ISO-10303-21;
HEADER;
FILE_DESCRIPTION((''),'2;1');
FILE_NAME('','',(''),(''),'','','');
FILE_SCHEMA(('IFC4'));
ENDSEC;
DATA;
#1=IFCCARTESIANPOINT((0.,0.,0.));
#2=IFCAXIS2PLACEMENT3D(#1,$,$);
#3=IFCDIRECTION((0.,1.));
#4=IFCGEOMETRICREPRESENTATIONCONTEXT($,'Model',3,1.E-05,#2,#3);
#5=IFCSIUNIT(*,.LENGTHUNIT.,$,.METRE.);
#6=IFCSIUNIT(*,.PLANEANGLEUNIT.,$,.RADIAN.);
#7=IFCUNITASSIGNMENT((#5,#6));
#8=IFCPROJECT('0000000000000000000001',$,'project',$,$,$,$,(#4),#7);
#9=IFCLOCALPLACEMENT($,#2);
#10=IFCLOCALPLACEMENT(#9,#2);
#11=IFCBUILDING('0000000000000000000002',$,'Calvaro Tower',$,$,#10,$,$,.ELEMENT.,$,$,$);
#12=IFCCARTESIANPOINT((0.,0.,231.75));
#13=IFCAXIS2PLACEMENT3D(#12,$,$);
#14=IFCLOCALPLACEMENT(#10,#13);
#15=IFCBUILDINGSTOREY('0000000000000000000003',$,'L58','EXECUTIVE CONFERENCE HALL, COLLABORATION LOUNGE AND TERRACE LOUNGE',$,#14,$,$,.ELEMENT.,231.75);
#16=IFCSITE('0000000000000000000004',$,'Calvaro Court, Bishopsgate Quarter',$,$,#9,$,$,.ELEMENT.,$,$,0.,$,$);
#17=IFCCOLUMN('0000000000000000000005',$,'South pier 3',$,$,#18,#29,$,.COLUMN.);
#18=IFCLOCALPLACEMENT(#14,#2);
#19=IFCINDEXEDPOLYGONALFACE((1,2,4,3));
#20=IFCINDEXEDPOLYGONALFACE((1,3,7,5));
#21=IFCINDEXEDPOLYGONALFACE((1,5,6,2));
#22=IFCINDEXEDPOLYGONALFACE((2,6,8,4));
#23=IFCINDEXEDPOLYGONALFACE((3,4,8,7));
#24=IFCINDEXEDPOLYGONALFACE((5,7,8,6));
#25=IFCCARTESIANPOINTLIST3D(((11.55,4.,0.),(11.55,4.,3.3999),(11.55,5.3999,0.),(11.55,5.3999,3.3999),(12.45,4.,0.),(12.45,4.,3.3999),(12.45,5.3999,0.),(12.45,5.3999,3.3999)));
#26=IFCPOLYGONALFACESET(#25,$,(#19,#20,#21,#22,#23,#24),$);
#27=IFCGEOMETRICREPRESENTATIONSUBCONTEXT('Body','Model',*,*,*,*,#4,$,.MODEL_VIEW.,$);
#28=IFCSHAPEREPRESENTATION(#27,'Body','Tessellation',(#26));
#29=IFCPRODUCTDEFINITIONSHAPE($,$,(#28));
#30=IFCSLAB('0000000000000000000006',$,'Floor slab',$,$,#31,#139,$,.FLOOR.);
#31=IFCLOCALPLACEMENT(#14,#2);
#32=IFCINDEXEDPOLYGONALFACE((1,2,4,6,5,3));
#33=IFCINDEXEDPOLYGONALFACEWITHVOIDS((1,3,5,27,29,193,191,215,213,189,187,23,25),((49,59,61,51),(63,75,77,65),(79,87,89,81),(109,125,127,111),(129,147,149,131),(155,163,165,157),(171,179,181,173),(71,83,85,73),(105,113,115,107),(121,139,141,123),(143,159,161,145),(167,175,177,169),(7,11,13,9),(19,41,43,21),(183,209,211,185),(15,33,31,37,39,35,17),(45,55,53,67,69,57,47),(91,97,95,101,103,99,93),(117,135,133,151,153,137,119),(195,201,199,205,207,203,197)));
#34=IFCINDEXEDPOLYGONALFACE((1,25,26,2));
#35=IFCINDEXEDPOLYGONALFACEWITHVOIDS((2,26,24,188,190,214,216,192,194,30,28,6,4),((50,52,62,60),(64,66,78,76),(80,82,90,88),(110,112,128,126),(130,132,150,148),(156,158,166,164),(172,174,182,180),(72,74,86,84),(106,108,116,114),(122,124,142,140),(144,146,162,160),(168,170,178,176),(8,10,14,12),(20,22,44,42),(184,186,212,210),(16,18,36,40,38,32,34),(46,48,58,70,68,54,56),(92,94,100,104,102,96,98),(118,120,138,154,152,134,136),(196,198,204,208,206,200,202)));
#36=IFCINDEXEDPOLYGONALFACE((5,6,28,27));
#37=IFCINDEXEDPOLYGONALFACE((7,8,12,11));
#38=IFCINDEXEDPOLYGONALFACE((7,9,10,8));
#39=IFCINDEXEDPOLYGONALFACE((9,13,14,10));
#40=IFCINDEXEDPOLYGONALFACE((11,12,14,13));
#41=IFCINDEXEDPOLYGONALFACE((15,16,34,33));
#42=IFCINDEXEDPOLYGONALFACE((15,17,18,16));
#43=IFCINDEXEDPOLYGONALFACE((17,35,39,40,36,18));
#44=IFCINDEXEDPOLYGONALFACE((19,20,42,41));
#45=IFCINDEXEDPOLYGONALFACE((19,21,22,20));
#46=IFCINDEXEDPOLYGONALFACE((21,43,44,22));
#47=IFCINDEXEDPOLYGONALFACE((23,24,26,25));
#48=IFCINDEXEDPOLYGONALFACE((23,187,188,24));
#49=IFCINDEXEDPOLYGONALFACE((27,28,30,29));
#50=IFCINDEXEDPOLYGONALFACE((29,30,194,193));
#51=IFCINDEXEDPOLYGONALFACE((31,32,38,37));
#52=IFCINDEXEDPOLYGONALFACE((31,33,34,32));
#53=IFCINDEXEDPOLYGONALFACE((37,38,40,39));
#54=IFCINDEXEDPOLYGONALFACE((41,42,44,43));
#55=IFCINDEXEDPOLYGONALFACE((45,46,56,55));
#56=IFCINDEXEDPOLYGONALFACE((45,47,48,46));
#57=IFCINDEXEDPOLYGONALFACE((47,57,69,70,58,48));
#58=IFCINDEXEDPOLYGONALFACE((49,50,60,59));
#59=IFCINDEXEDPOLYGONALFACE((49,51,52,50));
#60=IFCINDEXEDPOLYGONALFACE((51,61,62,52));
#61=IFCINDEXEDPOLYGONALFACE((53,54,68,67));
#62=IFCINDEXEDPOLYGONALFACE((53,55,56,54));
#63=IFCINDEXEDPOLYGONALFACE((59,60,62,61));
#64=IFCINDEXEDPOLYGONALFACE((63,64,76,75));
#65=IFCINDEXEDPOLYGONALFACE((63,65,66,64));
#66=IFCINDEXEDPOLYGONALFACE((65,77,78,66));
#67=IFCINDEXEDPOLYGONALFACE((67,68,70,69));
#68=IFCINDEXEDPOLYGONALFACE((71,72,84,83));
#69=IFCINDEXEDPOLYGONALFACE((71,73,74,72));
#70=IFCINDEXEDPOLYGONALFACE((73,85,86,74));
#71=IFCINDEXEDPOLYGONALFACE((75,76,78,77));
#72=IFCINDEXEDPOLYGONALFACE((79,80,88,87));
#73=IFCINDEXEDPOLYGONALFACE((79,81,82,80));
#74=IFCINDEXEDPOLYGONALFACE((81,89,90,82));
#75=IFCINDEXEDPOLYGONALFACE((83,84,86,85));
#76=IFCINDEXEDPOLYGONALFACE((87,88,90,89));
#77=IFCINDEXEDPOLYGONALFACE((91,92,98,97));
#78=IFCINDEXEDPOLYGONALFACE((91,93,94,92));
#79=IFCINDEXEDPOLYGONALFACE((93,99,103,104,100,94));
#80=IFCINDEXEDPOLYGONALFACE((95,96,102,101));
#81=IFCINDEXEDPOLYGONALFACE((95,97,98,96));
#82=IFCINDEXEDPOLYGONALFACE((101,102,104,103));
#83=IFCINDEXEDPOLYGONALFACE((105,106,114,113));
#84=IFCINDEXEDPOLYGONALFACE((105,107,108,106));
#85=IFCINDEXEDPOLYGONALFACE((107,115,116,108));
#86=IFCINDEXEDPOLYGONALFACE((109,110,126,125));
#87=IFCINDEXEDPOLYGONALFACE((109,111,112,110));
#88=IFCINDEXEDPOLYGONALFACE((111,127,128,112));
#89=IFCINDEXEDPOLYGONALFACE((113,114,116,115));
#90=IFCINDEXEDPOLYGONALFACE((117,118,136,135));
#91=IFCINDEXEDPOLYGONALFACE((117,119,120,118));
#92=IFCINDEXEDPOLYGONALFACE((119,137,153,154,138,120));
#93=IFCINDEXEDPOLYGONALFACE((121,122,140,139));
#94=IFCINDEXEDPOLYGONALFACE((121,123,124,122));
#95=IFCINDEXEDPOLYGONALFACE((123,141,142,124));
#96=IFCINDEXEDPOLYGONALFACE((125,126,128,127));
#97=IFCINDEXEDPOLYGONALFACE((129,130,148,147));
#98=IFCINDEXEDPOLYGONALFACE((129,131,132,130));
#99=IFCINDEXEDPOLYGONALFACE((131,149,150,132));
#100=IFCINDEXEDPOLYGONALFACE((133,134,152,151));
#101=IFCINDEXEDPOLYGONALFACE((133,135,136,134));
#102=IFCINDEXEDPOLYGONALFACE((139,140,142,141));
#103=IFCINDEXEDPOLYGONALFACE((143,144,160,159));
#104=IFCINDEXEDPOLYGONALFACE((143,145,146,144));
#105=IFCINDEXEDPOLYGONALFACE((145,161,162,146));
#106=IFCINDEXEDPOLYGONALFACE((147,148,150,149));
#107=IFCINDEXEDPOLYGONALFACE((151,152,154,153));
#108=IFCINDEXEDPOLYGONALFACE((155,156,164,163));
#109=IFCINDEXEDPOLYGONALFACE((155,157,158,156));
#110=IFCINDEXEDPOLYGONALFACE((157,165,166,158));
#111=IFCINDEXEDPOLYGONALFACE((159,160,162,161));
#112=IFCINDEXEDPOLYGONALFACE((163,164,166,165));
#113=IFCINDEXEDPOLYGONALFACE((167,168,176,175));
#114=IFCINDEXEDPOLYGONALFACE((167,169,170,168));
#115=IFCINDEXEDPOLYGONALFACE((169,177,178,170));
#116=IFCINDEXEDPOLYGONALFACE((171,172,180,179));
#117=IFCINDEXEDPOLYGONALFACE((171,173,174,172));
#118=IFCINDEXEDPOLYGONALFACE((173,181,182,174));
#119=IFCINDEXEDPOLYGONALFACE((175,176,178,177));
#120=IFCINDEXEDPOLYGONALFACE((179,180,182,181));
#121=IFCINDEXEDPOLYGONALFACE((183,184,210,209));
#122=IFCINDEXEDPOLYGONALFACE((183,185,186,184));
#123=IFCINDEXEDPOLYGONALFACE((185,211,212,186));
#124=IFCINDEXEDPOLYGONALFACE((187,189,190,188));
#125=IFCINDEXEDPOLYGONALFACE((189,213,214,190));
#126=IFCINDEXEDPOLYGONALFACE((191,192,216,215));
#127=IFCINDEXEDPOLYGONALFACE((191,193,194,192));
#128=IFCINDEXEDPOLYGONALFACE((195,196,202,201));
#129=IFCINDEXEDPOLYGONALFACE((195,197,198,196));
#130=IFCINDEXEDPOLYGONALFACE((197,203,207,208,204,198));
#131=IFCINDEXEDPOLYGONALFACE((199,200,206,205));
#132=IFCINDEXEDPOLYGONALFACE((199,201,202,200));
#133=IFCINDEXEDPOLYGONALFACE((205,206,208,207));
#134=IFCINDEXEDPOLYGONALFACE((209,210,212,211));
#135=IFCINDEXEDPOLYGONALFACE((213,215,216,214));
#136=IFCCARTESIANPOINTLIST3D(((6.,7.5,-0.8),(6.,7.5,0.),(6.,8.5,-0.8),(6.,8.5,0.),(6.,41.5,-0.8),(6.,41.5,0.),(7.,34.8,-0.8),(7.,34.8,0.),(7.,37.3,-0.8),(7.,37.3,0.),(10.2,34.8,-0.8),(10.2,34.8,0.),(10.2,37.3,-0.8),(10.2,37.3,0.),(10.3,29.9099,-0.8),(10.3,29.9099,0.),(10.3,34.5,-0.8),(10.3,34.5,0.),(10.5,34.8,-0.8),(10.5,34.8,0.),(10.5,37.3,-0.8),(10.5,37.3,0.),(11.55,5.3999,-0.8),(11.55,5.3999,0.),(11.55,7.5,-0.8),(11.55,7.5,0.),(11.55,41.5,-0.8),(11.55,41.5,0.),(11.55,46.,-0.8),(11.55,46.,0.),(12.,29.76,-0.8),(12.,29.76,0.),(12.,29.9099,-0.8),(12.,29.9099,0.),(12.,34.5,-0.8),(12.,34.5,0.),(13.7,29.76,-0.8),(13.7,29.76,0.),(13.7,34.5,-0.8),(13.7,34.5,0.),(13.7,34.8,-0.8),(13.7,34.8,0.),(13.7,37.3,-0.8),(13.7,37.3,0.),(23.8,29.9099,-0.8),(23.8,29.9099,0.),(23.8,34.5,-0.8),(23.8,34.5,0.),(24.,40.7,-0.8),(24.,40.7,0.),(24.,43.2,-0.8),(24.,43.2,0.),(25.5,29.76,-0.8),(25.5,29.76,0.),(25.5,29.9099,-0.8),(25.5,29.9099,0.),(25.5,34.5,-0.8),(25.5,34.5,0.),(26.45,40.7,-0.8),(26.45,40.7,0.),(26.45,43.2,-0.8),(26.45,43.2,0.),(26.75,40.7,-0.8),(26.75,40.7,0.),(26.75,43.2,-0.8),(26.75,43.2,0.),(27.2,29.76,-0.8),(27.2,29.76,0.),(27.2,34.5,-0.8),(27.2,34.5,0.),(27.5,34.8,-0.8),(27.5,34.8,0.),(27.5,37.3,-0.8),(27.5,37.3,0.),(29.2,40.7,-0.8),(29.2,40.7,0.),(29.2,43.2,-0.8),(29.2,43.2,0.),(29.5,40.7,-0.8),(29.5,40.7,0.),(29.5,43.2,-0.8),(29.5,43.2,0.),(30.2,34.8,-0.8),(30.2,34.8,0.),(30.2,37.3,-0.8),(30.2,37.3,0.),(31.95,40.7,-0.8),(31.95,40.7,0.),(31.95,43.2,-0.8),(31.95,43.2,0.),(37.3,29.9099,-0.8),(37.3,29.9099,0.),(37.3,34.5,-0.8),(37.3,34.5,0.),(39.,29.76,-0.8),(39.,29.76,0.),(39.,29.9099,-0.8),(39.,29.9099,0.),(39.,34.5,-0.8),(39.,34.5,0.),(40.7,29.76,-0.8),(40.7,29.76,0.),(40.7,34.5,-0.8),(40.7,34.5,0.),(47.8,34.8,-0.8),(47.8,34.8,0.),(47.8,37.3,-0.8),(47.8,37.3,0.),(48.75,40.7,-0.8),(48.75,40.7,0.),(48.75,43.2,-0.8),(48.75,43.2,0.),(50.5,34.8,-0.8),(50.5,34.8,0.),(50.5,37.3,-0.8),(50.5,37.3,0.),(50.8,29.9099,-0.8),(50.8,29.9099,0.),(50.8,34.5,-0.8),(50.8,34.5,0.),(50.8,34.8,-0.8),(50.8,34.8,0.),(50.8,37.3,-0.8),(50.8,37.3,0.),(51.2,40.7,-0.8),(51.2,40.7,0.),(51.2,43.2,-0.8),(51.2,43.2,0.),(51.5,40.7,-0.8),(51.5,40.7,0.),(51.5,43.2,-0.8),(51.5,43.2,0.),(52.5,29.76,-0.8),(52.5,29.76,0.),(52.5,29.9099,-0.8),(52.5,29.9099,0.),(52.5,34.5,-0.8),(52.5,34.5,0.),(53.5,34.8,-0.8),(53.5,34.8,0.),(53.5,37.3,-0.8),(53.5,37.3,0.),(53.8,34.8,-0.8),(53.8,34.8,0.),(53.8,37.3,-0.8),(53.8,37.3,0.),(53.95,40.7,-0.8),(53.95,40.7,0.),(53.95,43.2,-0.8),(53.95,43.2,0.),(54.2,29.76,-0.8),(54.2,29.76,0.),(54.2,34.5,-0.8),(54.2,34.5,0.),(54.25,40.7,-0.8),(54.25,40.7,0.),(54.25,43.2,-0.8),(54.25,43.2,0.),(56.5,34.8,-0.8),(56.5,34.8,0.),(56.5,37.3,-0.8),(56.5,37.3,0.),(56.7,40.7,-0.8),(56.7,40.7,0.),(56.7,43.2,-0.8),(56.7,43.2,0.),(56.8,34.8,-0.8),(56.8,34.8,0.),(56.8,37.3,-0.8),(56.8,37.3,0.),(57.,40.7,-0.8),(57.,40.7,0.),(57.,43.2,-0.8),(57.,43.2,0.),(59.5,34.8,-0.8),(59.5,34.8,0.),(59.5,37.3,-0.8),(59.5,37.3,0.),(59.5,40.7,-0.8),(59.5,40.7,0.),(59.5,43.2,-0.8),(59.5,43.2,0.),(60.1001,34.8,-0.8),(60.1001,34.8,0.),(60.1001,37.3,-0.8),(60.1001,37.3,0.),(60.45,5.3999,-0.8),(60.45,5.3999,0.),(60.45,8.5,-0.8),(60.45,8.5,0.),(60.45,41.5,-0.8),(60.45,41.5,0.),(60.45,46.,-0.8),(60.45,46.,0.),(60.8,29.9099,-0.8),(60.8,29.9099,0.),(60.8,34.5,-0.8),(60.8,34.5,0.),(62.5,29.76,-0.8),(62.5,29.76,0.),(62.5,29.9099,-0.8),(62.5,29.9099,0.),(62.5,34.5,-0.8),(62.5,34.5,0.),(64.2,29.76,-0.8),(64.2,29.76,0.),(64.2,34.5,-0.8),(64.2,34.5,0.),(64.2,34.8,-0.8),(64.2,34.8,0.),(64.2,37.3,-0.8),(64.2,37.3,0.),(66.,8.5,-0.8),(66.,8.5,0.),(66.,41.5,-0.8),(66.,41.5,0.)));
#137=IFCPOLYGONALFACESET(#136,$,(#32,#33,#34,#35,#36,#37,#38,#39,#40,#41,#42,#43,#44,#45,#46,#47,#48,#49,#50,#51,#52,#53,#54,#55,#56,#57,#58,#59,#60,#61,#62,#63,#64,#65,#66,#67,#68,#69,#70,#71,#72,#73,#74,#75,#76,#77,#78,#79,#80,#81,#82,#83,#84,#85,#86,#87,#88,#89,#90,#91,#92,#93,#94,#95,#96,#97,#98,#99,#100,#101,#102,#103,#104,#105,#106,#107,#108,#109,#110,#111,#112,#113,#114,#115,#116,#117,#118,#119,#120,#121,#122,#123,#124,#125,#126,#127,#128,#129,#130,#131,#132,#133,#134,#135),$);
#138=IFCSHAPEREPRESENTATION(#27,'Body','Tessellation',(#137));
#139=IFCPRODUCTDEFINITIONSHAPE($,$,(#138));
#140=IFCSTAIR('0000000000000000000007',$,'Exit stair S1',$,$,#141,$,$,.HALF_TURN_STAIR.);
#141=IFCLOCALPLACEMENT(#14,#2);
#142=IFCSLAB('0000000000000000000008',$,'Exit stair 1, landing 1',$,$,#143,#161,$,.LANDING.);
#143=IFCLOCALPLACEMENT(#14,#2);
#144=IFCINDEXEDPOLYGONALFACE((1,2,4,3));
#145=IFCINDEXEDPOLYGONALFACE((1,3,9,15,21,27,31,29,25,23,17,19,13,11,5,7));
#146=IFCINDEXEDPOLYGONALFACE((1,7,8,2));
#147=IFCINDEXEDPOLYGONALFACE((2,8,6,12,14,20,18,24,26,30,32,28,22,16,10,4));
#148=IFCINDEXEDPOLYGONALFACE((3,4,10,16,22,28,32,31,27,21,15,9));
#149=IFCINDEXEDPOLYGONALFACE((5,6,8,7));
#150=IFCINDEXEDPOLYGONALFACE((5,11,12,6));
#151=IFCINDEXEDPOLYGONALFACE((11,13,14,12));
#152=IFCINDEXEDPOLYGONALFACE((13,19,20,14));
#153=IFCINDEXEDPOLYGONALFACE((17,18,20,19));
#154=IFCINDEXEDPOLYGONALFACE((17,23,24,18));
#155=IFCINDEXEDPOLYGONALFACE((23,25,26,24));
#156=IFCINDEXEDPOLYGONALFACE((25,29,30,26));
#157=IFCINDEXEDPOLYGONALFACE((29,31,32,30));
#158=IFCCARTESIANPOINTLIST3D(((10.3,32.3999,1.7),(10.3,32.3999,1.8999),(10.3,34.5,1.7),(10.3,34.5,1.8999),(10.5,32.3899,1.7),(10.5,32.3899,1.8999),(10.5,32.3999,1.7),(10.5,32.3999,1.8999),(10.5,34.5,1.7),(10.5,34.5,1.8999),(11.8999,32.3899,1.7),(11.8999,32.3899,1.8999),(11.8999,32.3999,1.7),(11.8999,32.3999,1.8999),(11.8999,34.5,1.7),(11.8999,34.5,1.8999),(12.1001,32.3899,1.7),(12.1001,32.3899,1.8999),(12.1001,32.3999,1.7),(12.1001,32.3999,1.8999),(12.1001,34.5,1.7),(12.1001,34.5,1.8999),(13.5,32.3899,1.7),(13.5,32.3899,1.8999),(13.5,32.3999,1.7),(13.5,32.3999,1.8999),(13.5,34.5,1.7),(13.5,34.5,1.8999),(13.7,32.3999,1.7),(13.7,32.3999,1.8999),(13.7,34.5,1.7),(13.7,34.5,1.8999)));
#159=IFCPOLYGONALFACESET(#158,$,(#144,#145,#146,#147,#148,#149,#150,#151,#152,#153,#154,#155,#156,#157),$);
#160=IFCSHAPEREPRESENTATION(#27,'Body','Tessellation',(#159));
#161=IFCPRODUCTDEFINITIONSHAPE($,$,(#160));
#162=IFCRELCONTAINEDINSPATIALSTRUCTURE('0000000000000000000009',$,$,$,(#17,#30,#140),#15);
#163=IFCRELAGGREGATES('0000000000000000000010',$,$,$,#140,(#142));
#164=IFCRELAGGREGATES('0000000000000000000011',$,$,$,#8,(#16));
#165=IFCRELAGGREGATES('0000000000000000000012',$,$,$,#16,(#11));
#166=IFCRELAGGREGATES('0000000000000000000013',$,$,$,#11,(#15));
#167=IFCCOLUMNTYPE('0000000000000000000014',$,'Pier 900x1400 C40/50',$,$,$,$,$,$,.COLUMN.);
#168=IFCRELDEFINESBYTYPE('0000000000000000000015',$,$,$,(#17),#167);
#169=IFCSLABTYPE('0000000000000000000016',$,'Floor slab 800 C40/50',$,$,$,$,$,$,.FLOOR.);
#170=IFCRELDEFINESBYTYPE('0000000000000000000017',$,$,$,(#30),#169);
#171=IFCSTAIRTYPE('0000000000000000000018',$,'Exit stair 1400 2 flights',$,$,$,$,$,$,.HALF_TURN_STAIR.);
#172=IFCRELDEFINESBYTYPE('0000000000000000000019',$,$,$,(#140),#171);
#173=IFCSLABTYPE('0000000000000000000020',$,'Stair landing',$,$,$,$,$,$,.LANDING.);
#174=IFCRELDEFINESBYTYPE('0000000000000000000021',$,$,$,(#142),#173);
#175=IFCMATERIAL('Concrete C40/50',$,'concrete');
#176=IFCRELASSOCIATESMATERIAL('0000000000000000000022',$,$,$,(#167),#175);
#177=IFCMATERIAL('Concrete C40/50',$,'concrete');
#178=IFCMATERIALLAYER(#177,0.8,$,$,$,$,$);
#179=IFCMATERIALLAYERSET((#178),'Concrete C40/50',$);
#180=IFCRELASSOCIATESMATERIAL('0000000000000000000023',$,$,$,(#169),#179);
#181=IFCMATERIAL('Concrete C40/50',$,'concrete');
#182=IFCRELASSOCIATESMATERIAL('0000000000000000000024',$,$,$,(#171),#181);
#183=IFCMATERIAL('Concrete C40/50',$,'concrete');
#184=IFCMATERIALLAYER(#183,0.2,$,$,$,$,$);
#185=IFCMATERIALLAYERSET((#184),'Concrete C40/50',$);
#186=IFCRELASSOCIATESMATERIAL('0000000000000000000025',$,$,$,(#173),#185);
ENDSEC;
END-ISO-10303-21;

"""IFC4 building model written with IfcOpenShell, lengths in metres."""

from ifc_helpers import new_model, si_unit, direction, frame, origin, origin_2d, place, context, subcontext, project, spatial, polyline, rectangle, outline, extrude, material, layer, layer_set, material_profile, profile_set, type_object, element, aggregate, save


model = new_model("IFC4")

# Units and contexts
model_context = context("Model", 3, precision=1e-05, world=origin(), true_north=direction((0.0, 1.0)))
body_context = subcontext(model_context, "Body", "Model", "MODEL_VIEW")
ifc_project = project(units=[si_unit("LENGTHUNIT", "METRE"), si_unit("PLANEANGLEUNIT", "RADIAN")], contexts=[model_context])

# Site, building, storey
site_placement = place(None, origin())
site = spatial("IfcSite", under=ifc_project, at=site_placement, Name="Calvaro Court, Bishopsgate Quarter", CompositionType="ELEMENT", RefElevation=0.0)
building_placement = place(site_placement, origin())
building = spatial("IfcBuilding", under=site, at=building_placement, Name="Calvaro Tower", CompositionType="ELEMENT")
storey_placement = place(building_placement, frame((0.0, 0.0, 231.75)))
storey = spatial("IfcBuildingStorey", under=building, at=storey_placement, Name="L58", Description="EXECUTIVE CONFERENCE HALL, COLLABORATION LOUNGE AND TERRACE LOUNGE", CompositionType="ELEMENT", Elevation=231.75)

# Column
ifc_material_1 = material(Name="Concrete C40/50", Category="concrete")
ifc_material_profile_1 = material_profile(ifc_material_1, rectangle(XDim=0.8999, YDim=1.3999, at=origin_2d()), Name="RC 900x1400")
ifc_profile_set_1 = profile_set([ifc_material_profile_1], Name="Concrete C40/50")
column_type = type_object("IfcColumnType", Name="Pier 900x1400 C40/50", PredefinedType="COLUMN", material=ifc_profile_set_1)
column_placement = place(storey_placement, frame((12.0, 4.7, 0.0), z_axis=(0.0, 0.0, 1.0), x_axis=(1.0, 0.0, 0.0)))
element("IfcColumn", 1, at=column_placement, inside=storey, type_object=column_type, Name="South pier 3", PredefinedType="COLUMN", context=body_context, shape_type="SweptSolid", body=[
    extrude(rectangle(XDim=0.8999, YDim=1.3999, at=origin_2d()), origin(), (0.0, 0.0, 1.0), 3.3999),
])

# Slab
ifc_material_2 = material(Name="Concrete C40/50", Category="concrete")
ifc_layer_1 = layer(ifc_material_2, 0.8)
ifc_layer_set_1 = layer_set([ifc_layer_1], Name="Concrete C40/50")
slab_type_1 = type_object("IfcSlabType", Name="Floor slab 800 C40/50", PredefinedType="FLOOR", material=ifc_layer_set_1)
slab_1_placement = place(storey_placement, frame((0.0, 0.0, -0.8)))
element("IfcSlab", 2, at=slab_1_placement, inside=storey, type_object=slab_type_1, Name="Floor slab", PredefinedType="FLOOR", context=body_context, shape_type="SweptSolid", body=[
    extrude(outline(polyline([(6.0, 8.5), (6.0, 41.5), (11.55, 41.5), (11.55, 46.0), (60.45, 46.0), (60.45, 41.5), (66.0, 41.5), (66.0, 8.5), (60.45, 8.5), (60.45, 5.3999), (11.55, 5.3999), (11.55, 7.5), (6.0, 7.5), (6.0, 8.5)]), holes=[polyline([(13.7, 34.5), (13.7, 29.76), (12.0, 29.76), (12.0, 29.9099), (10.3, 29.9099), (10.3, 34.5), (12.0, 34.5), (13.7, 34.5)]), polyline([(27.2, 34.5), (27.2, 29.76), (25.5, 29.76), (25.5, 29.9099), (23.8, 29.9099), (23.8, 34.5), (25.5, 34.5), (27.2, 34.5)]), polyline([(40.7, 34.5), (40.7, 29.76), (39.0, 29.76), (39.0, 29.9099), (37.3, 29.9099), (37.3, 34.5), (39.0, 34.5), (40.7, 34.5)]), polyline([(54.2, 34.5), (54.2, 29.76), (52.5, 29.76), (52.5, 29.9099), (50.8, 29.9099), (50.8, 34.5), (52.5, 34.5), (54.2, 34.5)]), polyline([(64.2, 34.5), (64.2, 29.76), (62.5, 29.76), (62.5, 29.9099), (60.8, 29.9099), (60.8, 34.5), (62.5, 34.5), (64.2, 34.5)]), polyline([(50.8, 34.8), (53.5, 34.8), (53.5, 37.3), (50.8, 37.3), (50.8, 34.8)]), polyline([(53.8, 34.8), (56.5, 34.8), (56.5, 37.3), (53.8, 37.3), (53.8, 34.8)]), polyline([(56.8, 34.8), (59.5, 34.8), (59.5, 37.3), (56.8, 37.3), (56.8, 34.8)]), polyline([(24.0, 40.7), (26.45, 40.7), (26.45, 43.2), (24.0, 43.2), (24.0, 40.7)]), polyline([(26.75, 40.7), (29.2, 40.7), (29.2, 43.2), (26.75, 43.2), (26.75, 40.7)]), polyline([(29.5, 40.7), (31.95, 40.7), (31.95, 43.2), (29.5, 43.2), (29.5, 40.7)]), polyline([(48.75, 40.7), (51.2, 40.7), (51.2, 43.2), (48.75, 43.2), (48.75, 40.7)]), polyline([(51.5, 40.7), (53.95, 40.7), (53.95, 43.2), (51.5, 43.2), (51.5, 40.7)]), polyline([(54.25, 40.7), (56.7, 40.7), (56.7, 43.2), (54.25, 43.2), (54.25, 40.7)]), polyline([(57.0, 40.7), (59.5, 40.7), (59.5, 43.2), (57.0, 43.2), (57.0, 40.7)]), polyline([(7.0, 34.8), (10.2, 34.8), (10.2, 37.3), (7.0, 37.3), (7.0, 34.8)]), polyline([(10.5, 34.8), (13.7, 34.8), (13.7, 37.3), (10.5, 37.3), (10.5, 34.8)]), polyline([(60.1001, 34.8), (64.2, 34.8), (64.2, 37.3), (60.1001, 37.3), (60.1001, 34.8)]), polyline([(27.5, 34.8), (30.2, 34.8), (30.2, 37.3), (27.5, 37.3), (27.5, 34.8)]), polyline([(47.8, 34.8), (50.5, 34.8), (50.5, 37.3), (47.8, 37.3), (47.8, 34.8)])]), origin(), (0.0, 0.0, 1.0), 0.8),
])

# Stair, slab
ifc_material_3 = material(Name="Concrete C40/50", Category="concrete")
stair_type = type_object("IfcStairType", Name="Exit stair 1400 2 flights", PredefinedType="HALF_TURN_STAIR", material=ifc_material_3)
stair_1_placement = place(storey_placement, origin())
stair_1 = element("IfcStair", 3, at=stair_1_placement, inside=storey, type_object=stair_type, Name="Exit stair S1", PredefinedType="HALF_TURN_STAIR")
ifc_material_4 = material(Name="Concrete C40/50", Category="concrete")
ifc_layer_2 = layer(ifc_material_4, 0.2)
ifc_layer_set_2 = layer_set([ifc_layer_2], Name="Concrete C40/50")
slab_type_2 = type_object("IfcSlabType", Name="Stair landing", PredefinedType="LANDING", material=ifc_layer_set_2)
slab_2_placement = place(storey_placement, frame((0.0, 0.0, 1.7)))
slab_2 = element("IfcSlab", 4, at=slab_2_placement, type_object=slab_type_2, Name="Exit stair 1, landing 1", PredefinedType="LANDING", context=body_context, shape_type="SweptSolid", body=[
    extrude(outline(polyline([(11.8999, 32.3899), (10.5, 32.3899), (10.5, 32.3999), (10.3, 32.3999), (10.3, 34.5), (10.5, 34.5), (11.8999, 34.5), (12.1001, 34.5), (13.5, 34.5), (13.7, 34.5), (13.7, 32.3999), (13.5, 32.3999), (13.5, 32.3899), (12.1001, 32.3899), (12.1001, 32.3999), (11.8999, 32.3999), (11.8999, 32.3899)])), origin(), (0.0, 0.0, 1.0), 0.2),
])
aggregate(stair_1, [slab_2])

save(model, "model.ifc")
